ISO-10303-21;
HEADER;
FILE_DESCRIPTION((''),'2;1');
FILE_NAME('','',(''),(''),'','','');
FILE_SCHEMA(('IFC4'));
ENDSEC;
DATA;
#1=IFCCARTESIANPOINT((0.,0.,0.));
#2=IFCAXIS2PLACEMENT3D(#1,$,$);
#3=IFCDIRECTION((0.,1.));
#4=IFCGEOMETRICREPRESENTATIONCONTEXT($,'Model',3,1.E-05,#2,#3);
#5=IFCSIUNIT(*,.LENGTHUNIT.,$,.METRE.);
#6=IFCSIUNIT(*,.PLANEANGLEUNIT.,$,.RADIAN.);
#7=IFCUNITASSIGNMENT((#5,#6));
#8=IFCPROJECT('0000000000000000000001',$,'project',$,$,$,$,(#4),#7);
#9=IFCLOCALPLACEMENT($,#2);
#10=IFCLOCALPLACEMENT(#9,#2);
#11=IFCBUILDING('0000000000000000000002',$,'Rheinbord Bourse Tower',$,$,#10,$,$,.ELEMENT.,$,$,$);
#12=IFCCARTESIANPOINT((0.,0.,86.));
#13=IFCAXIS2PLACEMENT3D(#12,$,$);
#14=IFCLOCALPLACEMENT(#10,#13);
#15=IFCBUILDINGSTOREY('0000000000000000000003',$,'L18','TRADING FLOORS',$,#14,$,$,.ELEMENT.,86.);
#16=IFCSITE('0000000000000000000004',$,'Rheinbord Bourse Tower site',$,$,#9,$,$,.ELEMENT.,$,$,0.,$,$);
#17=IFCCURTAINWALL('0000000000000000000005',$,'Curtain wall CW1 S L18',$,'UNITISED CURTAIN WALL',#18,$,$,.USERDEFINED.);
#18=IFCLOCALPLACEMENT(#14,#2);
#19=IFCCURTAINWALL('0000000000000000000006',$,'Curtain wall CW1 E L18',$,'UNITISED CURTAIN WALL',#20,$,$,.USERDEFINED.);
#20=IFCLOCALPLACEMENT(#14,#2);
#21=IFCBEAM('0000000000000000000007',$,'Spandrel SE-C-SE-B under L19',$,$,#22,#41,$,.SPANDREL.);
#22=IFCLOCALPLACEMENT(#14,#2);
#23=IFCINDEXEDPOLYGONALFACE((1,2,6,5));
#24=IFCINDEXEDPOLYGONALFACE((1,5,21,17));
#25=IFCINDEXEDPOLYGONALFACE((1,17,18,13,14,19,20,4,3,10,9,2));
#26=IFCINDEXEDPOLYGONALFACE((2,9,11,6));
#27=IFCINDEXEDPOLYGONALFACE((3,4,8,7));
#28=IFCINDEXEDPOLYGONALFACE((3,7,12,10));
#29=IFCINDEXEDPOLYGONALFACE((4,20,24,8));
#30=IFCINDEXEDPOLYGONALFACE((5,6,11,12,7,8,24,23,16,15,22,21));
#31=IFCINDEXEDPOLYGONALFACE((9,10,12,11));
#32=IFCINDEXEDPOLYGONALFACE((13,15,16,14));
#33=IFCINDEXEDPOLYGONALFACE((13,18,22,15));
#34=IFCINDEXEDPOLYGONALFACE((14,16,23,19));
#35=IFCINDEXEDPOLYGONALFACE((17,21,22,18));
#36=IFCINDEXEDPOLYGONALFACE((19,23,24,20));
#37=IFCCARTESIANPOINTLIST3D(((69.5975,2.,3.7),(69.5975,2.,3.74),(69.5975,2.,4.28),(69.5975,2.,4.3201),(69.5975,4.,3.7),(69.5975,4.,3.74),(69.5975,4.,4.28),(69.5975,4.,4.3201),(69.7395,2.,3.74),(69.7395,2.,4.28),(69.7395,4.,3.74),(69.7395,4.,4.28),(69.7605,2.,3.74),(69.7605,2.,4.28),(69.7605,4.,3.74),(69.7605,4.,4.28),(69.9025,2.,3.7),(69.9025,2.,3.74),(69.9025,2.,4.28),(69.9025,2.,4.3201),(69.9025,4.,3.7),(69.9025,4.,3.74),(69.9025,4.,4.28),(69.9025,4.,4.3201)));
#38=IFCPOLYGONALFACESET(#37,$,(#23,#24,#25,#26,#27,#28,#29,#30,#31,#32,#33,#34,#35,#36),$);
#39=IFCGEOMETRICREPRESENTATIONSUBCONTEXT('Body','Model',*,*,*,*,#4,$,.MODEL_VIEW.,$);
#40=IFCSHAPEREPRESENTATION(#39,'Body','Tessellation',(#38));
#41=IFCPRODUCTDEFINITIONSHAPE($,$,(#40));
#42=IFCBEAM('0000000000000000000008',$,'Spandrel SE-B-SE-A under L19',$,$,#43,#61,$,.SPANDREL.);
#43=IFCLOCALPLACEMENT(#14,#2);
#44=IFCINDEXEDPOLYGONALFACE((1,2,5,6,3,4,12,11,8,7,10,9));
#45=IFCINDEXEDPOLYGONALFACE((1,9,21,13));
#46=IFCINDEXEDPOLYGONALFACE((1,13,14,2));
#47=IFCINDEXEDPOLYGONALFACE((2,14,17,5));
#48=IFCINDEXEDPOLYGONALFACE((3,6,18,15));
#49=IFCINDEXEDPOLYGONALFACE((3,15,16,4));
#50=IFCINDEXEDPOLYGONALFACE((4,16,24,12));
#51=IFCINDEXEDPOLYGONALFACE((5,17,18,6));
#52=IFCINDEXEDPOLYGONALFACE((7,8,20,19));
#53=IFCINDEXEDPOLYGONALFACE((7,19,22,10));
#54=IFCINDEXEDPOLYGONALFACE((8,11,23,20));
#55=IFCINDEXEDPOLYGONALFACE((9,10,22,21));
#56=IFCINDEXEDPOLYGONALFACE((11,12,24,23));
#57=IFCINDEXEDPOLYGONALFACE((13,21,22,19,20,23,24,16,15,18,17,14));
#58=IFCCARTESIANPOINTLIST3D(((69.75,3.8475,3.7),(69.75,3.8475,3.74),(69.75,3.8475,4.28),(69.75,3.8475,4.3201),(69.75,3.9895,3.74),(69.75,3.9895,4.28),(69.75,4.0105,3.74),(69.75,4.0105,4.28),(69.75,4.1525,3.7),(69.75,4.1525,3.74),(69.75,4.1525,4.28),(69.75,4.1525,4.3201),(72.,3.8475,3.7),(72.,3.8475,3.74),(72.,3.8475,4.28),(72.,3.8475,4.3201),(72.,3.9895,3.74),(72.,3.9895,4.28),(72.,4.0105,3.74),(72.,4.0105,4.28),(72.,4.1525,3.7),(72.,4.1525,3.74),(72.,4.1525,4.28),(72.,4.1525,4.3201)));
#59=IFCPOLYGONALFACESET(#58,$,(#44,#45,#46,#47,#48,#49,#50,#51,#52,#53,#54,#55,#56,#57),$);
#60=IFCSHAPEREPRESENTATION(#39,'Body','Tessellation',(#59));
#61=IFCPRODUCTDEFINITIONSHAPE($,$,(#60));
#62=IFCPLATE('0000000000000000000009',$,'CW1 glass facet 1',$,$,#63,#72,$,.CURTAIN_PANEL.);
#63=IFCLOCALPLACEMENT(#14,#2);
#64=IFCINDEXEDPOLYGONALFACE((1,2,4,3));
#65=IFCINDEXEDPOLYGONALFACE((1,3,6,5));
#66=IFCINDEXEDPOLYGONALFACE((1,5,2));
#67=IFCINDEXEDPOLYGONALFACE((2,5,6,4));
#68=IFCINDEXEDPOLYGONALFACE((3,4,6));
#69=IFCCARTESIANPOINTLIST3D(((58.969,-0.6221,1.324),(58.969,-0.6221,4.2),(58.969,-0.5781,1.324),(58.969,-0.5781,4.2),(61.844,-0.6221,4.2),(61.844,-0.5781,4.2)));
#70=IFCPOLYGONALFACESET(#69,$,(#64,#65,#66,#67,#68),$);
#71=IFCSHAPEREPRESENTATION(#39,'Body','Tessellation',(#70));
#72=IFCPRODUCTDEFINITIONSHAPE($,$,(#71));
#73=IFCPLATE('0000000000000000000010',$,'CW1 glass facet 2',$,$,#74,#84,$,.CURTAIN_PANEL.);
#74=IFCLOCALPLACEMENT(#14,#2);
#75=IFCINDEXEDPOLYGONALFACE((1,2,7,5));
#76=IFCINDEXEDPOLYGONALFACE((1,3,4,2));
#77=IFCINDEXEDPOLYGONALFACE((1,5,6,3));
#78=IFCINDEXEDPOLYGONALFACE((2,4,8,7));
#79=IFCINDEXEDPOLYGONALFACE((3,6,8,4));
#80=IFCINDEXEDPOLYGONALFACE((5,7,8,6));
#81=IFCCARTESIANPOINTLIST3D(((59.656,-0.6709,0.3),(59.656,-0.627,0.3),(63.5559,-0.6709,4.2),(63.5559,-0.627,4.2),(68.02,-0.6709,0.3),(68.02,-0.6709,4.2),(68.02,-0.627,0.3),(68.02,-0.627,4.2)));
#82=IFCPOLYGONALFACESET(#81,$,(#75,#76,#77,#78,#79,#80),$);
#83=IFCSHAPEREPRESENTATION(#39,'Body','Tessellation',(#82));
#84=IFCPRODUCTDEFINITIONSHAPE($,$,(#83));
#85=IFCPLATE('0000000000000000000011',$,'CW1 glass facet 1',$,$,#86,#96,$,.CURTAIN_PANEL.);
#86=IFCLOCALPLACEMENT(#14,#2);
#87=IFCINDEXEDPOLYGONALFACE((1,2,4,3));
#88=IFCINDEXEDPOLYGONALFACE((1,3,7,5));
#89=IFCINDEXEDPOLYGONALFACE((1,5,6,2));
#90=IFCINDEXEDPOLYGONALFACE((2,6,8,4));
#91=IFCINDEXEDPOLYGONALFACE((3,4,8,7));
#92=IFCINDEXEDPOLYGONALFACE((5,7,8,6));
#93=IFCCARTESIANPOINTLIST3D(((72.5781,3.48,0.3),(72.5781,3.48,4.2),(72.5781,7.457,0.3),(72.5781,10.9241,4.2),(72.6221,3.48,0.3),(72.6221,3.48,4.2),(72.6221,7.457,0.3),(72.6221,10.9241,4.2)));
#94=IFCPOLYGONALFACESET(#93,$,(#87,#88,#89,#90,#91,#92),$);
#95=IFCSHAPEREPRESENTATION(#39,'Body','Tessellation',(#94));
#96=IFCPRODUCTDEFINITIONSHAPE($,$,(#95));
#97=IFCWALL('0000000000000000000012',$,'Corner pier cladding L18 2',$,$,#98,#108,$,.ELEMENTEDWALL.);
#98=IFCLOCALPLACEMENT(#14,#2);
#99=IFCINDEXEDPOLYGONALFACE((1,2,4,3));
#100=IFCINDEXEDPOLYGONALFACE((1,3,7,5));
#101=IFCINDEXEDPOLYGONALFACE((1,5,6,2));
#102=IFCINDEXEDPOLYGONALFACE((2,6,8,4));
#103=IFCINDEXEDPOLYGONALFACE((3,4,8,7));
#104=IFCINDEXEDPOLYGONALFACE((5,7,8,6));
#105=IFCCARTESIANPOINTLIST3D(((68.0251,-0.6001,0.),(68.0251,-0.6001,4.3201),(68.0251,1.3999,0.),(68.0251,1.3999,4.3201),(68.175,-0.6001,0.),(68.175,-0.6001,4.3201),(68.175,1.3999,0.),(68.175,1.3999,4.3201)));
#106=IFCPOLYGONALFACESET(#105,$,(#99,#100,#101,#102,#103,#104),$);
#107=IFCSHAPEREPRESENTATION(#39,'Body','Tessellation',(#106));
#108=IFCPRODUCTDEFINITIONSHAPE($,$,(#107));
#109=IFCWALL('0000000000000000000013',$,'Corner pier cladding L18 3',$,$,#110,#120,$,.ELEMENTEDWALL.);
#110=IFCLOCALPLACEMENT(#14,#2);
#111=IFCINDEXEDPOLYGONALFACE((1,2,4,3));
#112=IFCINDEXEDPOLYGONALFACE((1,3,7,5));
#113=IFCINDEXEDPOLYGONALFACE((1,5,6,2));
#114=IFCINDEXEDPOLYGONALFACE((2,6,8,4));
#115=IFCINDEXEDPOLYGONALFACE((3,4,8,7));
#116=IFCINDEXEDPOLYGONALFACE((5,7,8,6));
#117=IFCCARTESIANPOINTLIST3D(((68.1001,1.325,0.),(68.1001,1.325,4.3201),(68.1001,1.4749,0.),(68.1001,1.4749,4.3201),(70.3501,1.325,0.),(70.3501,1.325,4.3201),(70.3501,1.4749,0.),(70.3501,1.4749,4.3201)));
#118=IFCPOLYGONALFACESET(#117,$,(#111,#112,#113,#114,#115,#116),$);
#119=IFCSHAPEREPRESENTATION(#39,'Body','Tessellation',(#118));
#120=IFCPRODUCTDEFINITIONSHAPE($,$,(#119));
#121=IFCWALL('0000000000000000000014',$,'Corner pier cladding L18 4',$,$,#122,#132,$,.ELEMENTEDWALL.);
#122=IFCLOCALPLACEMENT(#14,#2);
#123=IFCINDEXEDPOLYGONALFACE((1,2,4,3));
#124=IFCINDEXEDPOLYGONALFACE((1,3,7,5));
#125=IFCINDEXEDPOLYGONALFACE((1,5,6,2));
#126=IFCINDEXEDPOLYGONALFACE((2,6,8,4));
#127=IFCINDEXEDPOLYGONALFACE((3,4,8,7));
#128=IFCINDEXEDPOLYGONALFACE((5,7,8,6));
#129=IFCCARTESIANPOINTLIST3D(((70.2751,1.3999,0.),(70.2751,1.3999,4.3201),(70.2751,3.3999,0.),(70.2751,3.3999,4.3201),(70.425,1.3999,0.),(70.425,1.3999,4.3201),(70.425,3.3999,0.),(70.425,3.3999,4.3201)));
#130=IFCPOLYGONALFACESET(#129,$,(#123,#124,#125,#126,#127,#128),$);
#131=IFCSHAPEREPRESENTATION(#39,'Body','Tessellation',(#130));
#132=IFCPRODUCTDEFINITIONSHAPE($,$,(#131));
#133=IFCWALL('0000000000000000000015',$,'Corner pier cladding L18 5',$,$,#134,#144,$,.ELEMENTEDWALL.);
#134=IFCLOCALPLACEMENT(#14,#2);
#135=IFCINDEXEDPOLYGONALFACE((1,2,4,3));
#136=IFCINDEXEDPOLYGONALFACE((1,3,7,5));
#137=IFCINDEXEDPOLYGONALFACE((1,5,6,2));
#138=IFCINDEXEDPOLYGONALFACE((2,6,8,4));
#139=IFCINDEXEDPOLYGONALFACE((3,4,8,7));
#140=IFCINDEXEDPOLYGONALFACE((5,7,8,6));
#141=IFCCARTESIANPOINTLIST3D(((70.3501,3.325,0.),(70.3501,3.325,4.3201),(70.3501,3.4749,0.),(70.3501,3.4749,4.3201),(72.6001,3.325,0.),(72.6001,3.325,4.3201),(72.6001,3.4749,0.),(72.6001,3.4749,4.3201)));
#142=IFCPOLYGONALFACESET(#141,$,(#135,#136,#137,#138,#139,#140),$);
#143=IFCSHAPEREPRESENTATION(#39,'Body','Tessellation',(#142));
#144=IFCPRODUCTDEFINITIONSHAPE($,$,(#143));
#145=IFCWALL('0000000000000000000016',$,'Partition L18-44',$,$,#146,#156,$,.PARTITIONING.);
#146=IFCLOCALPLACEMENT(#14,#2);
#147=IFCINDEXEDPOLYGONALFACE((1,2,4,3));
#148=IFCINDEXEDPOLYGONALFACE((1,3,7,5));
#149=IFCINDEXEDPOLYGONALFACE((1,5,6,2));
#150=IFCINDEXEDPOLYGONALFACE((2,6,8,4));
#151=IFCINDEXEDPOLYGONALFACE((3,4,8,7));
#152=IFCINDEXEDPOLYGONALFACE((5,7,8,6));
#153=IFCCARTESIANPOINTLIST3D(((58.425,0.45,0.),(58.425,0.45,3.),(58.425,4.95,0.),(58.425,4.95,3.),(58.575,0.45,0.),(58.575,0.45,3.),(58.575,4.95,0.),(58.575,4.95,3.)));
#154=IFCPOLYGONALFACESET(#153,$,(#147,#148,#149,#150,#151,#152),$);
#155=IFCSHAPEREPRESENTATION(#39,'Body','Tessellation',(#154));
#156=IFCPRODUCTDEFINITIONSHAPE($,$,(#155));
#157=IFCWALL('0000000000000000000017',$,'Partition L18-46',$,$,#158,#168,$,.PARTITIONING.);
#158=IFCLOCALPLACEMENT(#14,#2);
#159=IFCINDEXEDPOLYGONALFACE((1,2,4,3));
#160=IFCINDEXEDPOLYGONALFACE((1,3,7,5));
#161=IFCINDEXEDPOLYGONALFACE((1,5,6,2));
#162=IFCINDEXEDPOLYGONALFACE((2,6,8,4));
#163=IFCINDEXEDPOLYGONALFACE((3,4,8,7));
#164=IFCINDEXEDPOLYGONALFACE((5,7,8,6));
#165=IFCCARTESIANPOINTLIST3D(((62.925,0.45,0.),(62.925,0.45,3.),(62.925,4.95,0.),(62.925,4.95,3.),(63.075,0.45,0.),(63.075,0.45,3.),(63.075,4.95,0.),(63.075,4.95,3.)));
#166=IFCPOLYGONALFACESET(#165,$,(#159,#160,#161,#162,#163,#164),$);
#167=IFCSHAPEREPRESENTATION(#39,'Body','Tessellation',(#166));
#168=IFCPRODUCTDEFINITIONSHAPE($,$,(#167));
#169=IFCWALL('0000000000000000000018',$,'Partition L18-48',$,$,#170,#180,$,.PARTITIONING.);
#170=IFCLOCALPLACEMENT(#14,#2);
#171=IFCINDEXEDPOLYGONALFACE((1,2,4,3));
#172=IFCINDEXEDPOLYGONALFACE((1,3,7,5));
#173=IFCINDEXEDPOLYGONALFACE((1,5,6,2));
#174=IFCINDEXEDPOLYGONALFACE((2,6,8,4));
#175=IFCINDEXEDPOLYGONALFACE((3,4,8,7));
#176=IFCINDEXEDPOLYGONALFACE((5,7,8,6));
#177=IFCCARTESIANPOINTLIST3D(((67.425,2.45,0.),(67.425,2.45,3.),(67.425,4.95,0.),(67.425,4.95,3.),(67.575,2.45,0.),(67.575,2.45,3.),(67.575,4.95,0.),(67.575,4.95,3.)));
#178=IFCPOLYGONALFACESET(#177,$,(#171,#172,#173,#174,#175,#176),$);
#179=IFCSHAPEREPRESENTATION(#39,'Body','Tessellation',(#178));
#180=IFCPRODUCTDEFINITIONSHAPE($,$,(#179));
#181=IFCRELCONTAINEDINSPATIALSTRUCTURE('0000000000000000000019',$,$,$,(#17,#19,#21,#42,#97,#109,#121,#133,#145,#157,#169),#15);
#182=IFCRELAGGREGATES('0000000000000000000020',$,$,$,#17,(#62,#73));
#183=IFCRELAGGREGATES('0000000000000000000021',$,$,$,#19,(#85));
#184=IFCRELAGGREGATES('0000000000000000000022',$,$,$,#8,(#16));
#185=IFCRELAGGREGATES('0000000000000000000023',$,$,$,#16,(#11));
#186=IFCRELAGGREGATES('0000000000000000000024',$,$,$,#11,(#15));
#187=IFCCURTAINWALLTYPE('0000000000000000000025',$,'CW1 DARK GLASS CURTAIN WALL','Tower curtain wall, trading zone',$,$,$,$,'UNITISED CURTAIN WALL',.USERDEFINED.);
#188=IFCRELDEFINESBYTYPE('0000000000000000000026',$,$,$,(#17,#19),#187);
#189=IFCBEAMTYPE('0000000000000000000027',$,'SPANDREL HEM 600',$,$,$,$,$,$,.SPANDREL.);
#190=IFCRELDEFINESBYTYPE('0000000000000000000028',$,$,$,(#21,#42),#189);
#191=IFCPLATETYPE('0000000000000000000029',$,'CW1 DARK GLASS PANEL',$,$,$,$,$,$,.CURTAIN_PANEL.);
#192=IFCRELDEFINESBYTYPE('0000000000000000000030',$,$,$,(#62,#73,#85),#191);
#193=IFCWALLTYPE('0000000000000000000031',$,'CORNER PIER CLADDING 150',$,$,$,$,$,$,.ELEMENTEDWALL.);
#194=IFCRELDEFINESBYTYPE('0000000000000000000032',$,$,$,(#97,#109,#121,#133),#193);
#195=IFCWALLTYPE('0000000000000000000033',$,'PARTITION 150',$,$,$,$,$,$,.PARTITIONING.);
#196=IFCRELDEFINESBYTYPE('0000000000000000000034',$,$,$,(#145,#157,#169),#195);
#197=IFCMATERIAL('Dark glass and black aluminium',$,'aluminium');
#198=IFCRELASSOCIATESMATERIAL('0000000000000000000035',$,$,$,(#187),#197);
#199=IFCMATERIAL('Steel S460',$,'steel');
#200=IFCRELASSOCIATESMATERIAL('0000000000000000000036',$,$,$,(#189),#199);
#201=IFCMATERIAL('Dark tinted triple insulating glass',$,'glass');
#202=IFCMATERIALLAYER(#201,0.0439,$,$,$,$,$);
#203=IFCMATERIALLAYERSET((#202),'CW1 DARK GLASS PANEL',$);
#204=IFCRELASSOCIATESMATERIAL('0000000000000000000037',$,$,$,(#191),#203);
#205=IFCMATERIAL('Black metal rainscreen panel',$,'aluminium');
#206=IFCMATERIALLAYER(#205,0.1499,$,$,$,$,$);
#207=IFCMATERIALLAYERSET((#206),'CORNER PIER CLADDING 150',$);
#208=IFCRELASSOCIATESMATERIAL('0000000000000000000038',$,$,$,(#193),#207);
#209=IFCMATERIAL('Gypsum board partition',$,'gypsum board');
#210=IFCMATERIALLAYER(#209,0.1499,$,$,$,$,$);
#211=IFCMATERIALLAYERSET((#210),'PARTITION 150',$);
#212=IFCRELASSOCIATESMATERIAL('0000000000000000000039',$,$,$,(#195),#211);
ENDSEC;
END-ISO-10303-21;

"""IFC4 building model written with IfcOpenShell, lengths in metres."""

from ifc_helpers import new_model, si_unit, direction, frame, frame_2d, origin, origin_2d, place, context, subcontext, project, spatial, polyline, rectangle, i_section, outline, extrude, material, layer, layer_set, material_profile, profile_set, type_object, element, aggregate, save


model = new_model("IFC4")

# Units and contexts
model_context = context("Model", 3, precision=1e-05, world=origin(), true_north=direction((0.0, 1.0)))
body_context = subcontext(model_context, "Body", "Model", "MODEL_VIEW")
ifc_project = project(units=[si_unit("LENGTHUNIT", "METRE"), si_unit("PLANEANGLEUNIT", "RADIAN")], contexts=[model_context])

# Site, building, storey
site_placement = place(None, origin())
site = spatial("IfcSite", under=ifc_project, at=site_placement, Name="Rheinbord Bourse Tower site", CompositionType="ELEMENT", RefElevation=0.0)
building_placement = place(site_placement, origin())
building = spatial("IfcBuilding", under=site, at=building_placement, Name="Rheinbord Bourse Tower", CompositionType="ELEMENT")
storey_placement = place(building_placement, frame((0.0, 0.0, 86.0)))
storey = spatial("IfcBuildingStorey", under=building, at=storey_placement, Name="L18", Description="TRADING FLOORS", CompositionType="ELEMENT", Elevation=86.0)

# Curtain wall
ifc_material_1 = material(Name="Dark glass and black aluminium", Category="aluminium")
curtain_wall_type = type_object("IfcCurtainWallType", Name="CW1 DARK GLASS CURTAIN WALL", Description="Tower curtain wall, trading zone", ElementType="UNITISED CURTAIN WALL", PredefinedType="USERDEFINED", material=ifc_material_1)
curtain_wall_1_placement = place(storey_placement, origin())
curtain_wall_1 = element("IfcCurtainWall", 1, at=curtain_wall_1_placement, inside=storey, type_object=curtain_wall_type, Name="Curtain wall CW1 S L18", ObjectType="UNITISED CURTAIN WALL", PredefinedType="USERDEFINED")

# Curtain wall
curtain_wall_2_placement = place(storey_placement, origin())
curtain_wall_2 = element("IfcCurtainWall", 2, at=curtain_wall_2_placement, inside=storey, type_object=curtain_wall_type, Name="Curtain wall CW1 E L18", ObjectType="UNITISED CURTAIN WALL", PredefinedType="USERDEFINED")

# Beams
ifc_material_2 = material(Name="Steel S460", Category="steel")
ifc_material_profile_1 = material_profile(ifc_material_2, i_section(OverallWidth=0.3049, OverallDepth=0.6201, WebThickness=0.021, FlangeThickness=0.04, at=origin_2d()), Name="HEM 600")
ifc_profile_set_1 = profile_set([ifc_material_profile_1], Name="Steel S460")
beam_type_1 = type_object("IfcBeamType", Name="SPANDREL HEM 600", PredefinedType="SPANDREL", material=ifc_profile_set_1)
beam_1_placement = place(storey_placement, frame((69.75, 2.0, 4.01), z_axis=(0.0, 1.0, 0.0), x_axis=(-1.0, 0.0, 0.0)))
element("IfcBeam", 3, at=beam_1_placement, inside=storey, type_object=beam_type_1, Name="Spandrel SE-C-SE-B under L19", PredefinedType="SPANDREL", context=body_context, shape_type="SweptSolid", body=[
    extrude(i_section(OverallWidth=0.3049, OverallDepth=0.6201, WebThickness=0.021, FlangeThickness=0.04, at=origin_2d()), origin(), (0.0, 0.0, 1.0), 2.0),
])
beam_2_placement = place(storey_placement, frame((69.75, 4.0, 4.01), z_axis=(1.0, 0.0, 0.0), x_axis=(0.0, 1.0, 0.0)))
element("IfcBeam", 4, at=beam_2_placement, inside=storey, type_object=beam_type_1, Name="Spandrel SE-B-SE-A under L19", PredefinedType="SPANDREL", context=body_context, shape_type="SweptSolid", body=[
    extrude(i_section(OverallWidth=0.3049, OverallDepth=0.6201, WebThickness=0.021, FlangeThickness=0.04, at=origin_2d()), origin(), (0.0, 0.0, 1.0), 2.25),
])

# Plates
ifc_material_3 = material(Name="Dark tinted triple insulating glass", Category="glass")
ifc_layer_1 = layer(ifc_material_3, 0.0439)
ifc_layer_set_1 = layer_set([ifc_layer_1], Name="CW1 DARK GLASS PANEL")
plate_type = type_object("IfcPlateType", Name="CW1 DARK GLASS PANEL", PredefinedType="CURTAIN_PANEL", material=ifc_layer_set_1)
plate_1_placement = place(storey_placement, frame((58.969, -0.6221, 4.2), z_axis=(0.0, 1.0, 0.0), x_axis=(1.0, 0.0, 0.0)))
plate_1 = element("IfcPlate", 5, at=plate_1_placement, type_object=plate_type, Name="CW1 glass facet 1", PredefinedType="CURTAIN_PANEL", context=body_context, shape_type="SweptSolid", body=[
    extrude(outline(polyline([(0.0, 0.0), (2.875, 0.0), (0.0, 2.876), (0.0, 0.0)])), origin(), (0.0, 0.0, 1.0), 0.0439),
])
plate_2_placement = place(storey_placement, frame((68.02, -0.6709, 4.2), z_axis=(0.0, 1.0, 0.0), x_axis=(0.0, 0.0, -1.0)))
plate_2 = element("IfcPlate", 6, at=plate_2_placement, type_object=plate_type, Name="CW1 glass facet 2", PredefinedType="CURTAIN_PANEL", context=body_context, shape_type="SweptSolid", body=[
    extrude(outline(polyline([(0.0, 0.0), (3.8999, 0.0), (3.8999, 8.364), (0.0, 4.4641), (0.0, 0.0)])), origin(), (0.0, 0.0, 1.0), 0.0439),
])
aggregate(curtain_wall_1, [plate_1, plate_2])
plate_3_placement = place(storey_placement, frame((72.6221, 3.48, 0.3), z_axis=(-1.0, 0.0, 0.0), x_axis=(0.0, 0.0, 1.0)))
plate_3 = element("IfcPlate", 7, at=plate_3_placement, type_object=plate_type, Name="CW1 glass facet 1", PredefinedType="CURTAIN_PANEL", context=body_context, shape_type="SweptSolid", body=[
    extrude(outline(polyline([(0.0, 0.0), (3.8999, 0.0), (3.8999, 7.4441), (0.0, 3.9771), (0.0, 0.0)])), origin(), (0.0, 0.0, 1.0), 0.0439),
])
aggregate(curtain_wall_2, [plate_3])

# Walls
ifc_material_4 = material(Name="Black metal rainscreen panel", Category="aluminium")
ifc_layer_2 = layer(ifc_material_4, 0.1499)
ifc_layer_set_2 = layer_set([ifc_layer_2], Name="CORNER PIER CLADDING 150")
wall_type_1 = type_object("IfcWallType", Name="CORNER PIER CLADDING 150", PredefinedType="ELEMENTEDWALL", material=ifc_layer_set_2)
wall_1_placement = place(storey_placement, frame((68.1001, -0.6001, 0.0), z_axis=(0.0, 0.0, 1.0), x_axis=(0.0, 1.0, 0.0)))
element("IfcWall", 8, at=wall_1_placement, inside=storey, type_object=wall_type_1, Name="Corner pier cladding L18 2", PredefinedType="ELEMENTEDWALL", context=body_context, shape_type="SweptSolid", body=[
    extrude(rectangle(XDim=2.0, YDim=0.1499, at=frame_2d((1.0, 0.0))), origin(), (0.0, 0.0, 1.0), 4.3201),
])
wall_2_placement = place(storey_placement, frame((68.1001, 1.3999, 0.0), z_axis=(0.0, 0.0, 1.0), x_axis=(1.0, 0.0, 0.0)))
element("IfcWall", 9, at=wall_2_placement, inside=storey, type_object=wall_type_1, Name="Corner pier cladding L18 3", PredefinedType="ELEMENTEDWALL", context=body_context, shape_type="SweptSolid", body=[
    extrude(rectangle(XDim=2.25, YDim=0.1499, at=frame_2d((1.125, 0.0))), origin(), (0.0, 0.0, 1.0), 4.3201),
])
wall_3_placement = place(storey_placement, frame((70.3501, 1.3999, 0.0), z_axis=(0.0, 0.0, 1.0), x_axis=(0.0, 1.0, 0.0)))
element("IfcWall", 10, at=wall_3_placement, inside=storey, type_object=wall_type_1, Name="Corner pier cladding L18 4", PredefinedType="ELEMENTEDWALL", context=body_context, shape_type="SweptSolid", body=[
    extrude(rectangle(XDim=2.0, YDim=0.1499, at=frame_2d((1.0, 0.0))), origin(), (0.0, 0.0, 1.0), 4.3201),
])
wall_4_placement = place(storey_placement, frame((70.3501, 3.3999, 0.0), z_axis=(0.0, 0.0, 1.0), x_axis=(1.0, 0.0, 0.0)))
element("IfcWall", 11, at=wall_4_placement, inside=storey, type_object=wall_type_1, Name="Corner pier cladding L18 5", PredefinedType="ELEMENTEDWALL", context=body_context, shape_type="SweptSolid", body=[
    extrude(rectangle(XDim=2.25, YDim=0.1499, at=frame_2d((1.125, 0.0))), origin(), (0.0, 0.0, 1.0), 4.3201),
])
ifc_material_5 = material(Name="Gypsum board partition", Category="gypsum board")
ifc_layer_3 = layer(ifc_material_5, 0.1499)
ifc_layer_set_3 = layer_set([ifc_layer_3], Name="PARTITION 150")
wall_type_2 = type_object("IfcWallType", Name="PARTITION 150", PredefinedType="PARTITIONING", material=ifc_layer_set_3)
for number, where, z_axis, x_axis, name in (
    (12, (58.5, 0.45, 0.0), (0.0, 0.0, 1.0), (0.0, 1.0, 0.0), "Partition L18-44"),
    (13, (63.0, 0.45, 0.0), (0.0, 0.0, 1.0), (0.0, 1.0, 0.0), "Partition L18-46"),
):
    element("IfcWall", number, at=place(storey_placement, frame(where, z_axis=z_axis, x_axis=x_axis)), inside=storey, type_object=wall_type_2, Name=name, PredefinedType="PARTITIONING", context=body_context, shape_type="SweptSolid", body=[
        extrude(rectangle(XDim=4.5, YDim=0.1499, at=frame_2d((2.25, 0.0))), origin(), (0.0, 0.0, 1.0), 3.0),
    ])
wall_5_placement = place(storey_placement, frame((67.5, 2.45, 0.0), z_axis=(0.0, 0.0, 1.0), x_axis=(0.0, 1.0, 0.0)))
element("IfcWall", 14, at=wall_5_placement, inside=storey, type_object=wall_type_2, Name="Partition L18-48", PredefinedType="PARTITIONING", context=body_context, shape_type="SweptSolid", body=[
    extrude(rectangle(XDim=2.5, YDim=0.1499, at=frame_2d((1.25, 0.0))), origin(), (0.0, 0.0, 1.0), 3.0),
])

save(model, "model.ifc")
